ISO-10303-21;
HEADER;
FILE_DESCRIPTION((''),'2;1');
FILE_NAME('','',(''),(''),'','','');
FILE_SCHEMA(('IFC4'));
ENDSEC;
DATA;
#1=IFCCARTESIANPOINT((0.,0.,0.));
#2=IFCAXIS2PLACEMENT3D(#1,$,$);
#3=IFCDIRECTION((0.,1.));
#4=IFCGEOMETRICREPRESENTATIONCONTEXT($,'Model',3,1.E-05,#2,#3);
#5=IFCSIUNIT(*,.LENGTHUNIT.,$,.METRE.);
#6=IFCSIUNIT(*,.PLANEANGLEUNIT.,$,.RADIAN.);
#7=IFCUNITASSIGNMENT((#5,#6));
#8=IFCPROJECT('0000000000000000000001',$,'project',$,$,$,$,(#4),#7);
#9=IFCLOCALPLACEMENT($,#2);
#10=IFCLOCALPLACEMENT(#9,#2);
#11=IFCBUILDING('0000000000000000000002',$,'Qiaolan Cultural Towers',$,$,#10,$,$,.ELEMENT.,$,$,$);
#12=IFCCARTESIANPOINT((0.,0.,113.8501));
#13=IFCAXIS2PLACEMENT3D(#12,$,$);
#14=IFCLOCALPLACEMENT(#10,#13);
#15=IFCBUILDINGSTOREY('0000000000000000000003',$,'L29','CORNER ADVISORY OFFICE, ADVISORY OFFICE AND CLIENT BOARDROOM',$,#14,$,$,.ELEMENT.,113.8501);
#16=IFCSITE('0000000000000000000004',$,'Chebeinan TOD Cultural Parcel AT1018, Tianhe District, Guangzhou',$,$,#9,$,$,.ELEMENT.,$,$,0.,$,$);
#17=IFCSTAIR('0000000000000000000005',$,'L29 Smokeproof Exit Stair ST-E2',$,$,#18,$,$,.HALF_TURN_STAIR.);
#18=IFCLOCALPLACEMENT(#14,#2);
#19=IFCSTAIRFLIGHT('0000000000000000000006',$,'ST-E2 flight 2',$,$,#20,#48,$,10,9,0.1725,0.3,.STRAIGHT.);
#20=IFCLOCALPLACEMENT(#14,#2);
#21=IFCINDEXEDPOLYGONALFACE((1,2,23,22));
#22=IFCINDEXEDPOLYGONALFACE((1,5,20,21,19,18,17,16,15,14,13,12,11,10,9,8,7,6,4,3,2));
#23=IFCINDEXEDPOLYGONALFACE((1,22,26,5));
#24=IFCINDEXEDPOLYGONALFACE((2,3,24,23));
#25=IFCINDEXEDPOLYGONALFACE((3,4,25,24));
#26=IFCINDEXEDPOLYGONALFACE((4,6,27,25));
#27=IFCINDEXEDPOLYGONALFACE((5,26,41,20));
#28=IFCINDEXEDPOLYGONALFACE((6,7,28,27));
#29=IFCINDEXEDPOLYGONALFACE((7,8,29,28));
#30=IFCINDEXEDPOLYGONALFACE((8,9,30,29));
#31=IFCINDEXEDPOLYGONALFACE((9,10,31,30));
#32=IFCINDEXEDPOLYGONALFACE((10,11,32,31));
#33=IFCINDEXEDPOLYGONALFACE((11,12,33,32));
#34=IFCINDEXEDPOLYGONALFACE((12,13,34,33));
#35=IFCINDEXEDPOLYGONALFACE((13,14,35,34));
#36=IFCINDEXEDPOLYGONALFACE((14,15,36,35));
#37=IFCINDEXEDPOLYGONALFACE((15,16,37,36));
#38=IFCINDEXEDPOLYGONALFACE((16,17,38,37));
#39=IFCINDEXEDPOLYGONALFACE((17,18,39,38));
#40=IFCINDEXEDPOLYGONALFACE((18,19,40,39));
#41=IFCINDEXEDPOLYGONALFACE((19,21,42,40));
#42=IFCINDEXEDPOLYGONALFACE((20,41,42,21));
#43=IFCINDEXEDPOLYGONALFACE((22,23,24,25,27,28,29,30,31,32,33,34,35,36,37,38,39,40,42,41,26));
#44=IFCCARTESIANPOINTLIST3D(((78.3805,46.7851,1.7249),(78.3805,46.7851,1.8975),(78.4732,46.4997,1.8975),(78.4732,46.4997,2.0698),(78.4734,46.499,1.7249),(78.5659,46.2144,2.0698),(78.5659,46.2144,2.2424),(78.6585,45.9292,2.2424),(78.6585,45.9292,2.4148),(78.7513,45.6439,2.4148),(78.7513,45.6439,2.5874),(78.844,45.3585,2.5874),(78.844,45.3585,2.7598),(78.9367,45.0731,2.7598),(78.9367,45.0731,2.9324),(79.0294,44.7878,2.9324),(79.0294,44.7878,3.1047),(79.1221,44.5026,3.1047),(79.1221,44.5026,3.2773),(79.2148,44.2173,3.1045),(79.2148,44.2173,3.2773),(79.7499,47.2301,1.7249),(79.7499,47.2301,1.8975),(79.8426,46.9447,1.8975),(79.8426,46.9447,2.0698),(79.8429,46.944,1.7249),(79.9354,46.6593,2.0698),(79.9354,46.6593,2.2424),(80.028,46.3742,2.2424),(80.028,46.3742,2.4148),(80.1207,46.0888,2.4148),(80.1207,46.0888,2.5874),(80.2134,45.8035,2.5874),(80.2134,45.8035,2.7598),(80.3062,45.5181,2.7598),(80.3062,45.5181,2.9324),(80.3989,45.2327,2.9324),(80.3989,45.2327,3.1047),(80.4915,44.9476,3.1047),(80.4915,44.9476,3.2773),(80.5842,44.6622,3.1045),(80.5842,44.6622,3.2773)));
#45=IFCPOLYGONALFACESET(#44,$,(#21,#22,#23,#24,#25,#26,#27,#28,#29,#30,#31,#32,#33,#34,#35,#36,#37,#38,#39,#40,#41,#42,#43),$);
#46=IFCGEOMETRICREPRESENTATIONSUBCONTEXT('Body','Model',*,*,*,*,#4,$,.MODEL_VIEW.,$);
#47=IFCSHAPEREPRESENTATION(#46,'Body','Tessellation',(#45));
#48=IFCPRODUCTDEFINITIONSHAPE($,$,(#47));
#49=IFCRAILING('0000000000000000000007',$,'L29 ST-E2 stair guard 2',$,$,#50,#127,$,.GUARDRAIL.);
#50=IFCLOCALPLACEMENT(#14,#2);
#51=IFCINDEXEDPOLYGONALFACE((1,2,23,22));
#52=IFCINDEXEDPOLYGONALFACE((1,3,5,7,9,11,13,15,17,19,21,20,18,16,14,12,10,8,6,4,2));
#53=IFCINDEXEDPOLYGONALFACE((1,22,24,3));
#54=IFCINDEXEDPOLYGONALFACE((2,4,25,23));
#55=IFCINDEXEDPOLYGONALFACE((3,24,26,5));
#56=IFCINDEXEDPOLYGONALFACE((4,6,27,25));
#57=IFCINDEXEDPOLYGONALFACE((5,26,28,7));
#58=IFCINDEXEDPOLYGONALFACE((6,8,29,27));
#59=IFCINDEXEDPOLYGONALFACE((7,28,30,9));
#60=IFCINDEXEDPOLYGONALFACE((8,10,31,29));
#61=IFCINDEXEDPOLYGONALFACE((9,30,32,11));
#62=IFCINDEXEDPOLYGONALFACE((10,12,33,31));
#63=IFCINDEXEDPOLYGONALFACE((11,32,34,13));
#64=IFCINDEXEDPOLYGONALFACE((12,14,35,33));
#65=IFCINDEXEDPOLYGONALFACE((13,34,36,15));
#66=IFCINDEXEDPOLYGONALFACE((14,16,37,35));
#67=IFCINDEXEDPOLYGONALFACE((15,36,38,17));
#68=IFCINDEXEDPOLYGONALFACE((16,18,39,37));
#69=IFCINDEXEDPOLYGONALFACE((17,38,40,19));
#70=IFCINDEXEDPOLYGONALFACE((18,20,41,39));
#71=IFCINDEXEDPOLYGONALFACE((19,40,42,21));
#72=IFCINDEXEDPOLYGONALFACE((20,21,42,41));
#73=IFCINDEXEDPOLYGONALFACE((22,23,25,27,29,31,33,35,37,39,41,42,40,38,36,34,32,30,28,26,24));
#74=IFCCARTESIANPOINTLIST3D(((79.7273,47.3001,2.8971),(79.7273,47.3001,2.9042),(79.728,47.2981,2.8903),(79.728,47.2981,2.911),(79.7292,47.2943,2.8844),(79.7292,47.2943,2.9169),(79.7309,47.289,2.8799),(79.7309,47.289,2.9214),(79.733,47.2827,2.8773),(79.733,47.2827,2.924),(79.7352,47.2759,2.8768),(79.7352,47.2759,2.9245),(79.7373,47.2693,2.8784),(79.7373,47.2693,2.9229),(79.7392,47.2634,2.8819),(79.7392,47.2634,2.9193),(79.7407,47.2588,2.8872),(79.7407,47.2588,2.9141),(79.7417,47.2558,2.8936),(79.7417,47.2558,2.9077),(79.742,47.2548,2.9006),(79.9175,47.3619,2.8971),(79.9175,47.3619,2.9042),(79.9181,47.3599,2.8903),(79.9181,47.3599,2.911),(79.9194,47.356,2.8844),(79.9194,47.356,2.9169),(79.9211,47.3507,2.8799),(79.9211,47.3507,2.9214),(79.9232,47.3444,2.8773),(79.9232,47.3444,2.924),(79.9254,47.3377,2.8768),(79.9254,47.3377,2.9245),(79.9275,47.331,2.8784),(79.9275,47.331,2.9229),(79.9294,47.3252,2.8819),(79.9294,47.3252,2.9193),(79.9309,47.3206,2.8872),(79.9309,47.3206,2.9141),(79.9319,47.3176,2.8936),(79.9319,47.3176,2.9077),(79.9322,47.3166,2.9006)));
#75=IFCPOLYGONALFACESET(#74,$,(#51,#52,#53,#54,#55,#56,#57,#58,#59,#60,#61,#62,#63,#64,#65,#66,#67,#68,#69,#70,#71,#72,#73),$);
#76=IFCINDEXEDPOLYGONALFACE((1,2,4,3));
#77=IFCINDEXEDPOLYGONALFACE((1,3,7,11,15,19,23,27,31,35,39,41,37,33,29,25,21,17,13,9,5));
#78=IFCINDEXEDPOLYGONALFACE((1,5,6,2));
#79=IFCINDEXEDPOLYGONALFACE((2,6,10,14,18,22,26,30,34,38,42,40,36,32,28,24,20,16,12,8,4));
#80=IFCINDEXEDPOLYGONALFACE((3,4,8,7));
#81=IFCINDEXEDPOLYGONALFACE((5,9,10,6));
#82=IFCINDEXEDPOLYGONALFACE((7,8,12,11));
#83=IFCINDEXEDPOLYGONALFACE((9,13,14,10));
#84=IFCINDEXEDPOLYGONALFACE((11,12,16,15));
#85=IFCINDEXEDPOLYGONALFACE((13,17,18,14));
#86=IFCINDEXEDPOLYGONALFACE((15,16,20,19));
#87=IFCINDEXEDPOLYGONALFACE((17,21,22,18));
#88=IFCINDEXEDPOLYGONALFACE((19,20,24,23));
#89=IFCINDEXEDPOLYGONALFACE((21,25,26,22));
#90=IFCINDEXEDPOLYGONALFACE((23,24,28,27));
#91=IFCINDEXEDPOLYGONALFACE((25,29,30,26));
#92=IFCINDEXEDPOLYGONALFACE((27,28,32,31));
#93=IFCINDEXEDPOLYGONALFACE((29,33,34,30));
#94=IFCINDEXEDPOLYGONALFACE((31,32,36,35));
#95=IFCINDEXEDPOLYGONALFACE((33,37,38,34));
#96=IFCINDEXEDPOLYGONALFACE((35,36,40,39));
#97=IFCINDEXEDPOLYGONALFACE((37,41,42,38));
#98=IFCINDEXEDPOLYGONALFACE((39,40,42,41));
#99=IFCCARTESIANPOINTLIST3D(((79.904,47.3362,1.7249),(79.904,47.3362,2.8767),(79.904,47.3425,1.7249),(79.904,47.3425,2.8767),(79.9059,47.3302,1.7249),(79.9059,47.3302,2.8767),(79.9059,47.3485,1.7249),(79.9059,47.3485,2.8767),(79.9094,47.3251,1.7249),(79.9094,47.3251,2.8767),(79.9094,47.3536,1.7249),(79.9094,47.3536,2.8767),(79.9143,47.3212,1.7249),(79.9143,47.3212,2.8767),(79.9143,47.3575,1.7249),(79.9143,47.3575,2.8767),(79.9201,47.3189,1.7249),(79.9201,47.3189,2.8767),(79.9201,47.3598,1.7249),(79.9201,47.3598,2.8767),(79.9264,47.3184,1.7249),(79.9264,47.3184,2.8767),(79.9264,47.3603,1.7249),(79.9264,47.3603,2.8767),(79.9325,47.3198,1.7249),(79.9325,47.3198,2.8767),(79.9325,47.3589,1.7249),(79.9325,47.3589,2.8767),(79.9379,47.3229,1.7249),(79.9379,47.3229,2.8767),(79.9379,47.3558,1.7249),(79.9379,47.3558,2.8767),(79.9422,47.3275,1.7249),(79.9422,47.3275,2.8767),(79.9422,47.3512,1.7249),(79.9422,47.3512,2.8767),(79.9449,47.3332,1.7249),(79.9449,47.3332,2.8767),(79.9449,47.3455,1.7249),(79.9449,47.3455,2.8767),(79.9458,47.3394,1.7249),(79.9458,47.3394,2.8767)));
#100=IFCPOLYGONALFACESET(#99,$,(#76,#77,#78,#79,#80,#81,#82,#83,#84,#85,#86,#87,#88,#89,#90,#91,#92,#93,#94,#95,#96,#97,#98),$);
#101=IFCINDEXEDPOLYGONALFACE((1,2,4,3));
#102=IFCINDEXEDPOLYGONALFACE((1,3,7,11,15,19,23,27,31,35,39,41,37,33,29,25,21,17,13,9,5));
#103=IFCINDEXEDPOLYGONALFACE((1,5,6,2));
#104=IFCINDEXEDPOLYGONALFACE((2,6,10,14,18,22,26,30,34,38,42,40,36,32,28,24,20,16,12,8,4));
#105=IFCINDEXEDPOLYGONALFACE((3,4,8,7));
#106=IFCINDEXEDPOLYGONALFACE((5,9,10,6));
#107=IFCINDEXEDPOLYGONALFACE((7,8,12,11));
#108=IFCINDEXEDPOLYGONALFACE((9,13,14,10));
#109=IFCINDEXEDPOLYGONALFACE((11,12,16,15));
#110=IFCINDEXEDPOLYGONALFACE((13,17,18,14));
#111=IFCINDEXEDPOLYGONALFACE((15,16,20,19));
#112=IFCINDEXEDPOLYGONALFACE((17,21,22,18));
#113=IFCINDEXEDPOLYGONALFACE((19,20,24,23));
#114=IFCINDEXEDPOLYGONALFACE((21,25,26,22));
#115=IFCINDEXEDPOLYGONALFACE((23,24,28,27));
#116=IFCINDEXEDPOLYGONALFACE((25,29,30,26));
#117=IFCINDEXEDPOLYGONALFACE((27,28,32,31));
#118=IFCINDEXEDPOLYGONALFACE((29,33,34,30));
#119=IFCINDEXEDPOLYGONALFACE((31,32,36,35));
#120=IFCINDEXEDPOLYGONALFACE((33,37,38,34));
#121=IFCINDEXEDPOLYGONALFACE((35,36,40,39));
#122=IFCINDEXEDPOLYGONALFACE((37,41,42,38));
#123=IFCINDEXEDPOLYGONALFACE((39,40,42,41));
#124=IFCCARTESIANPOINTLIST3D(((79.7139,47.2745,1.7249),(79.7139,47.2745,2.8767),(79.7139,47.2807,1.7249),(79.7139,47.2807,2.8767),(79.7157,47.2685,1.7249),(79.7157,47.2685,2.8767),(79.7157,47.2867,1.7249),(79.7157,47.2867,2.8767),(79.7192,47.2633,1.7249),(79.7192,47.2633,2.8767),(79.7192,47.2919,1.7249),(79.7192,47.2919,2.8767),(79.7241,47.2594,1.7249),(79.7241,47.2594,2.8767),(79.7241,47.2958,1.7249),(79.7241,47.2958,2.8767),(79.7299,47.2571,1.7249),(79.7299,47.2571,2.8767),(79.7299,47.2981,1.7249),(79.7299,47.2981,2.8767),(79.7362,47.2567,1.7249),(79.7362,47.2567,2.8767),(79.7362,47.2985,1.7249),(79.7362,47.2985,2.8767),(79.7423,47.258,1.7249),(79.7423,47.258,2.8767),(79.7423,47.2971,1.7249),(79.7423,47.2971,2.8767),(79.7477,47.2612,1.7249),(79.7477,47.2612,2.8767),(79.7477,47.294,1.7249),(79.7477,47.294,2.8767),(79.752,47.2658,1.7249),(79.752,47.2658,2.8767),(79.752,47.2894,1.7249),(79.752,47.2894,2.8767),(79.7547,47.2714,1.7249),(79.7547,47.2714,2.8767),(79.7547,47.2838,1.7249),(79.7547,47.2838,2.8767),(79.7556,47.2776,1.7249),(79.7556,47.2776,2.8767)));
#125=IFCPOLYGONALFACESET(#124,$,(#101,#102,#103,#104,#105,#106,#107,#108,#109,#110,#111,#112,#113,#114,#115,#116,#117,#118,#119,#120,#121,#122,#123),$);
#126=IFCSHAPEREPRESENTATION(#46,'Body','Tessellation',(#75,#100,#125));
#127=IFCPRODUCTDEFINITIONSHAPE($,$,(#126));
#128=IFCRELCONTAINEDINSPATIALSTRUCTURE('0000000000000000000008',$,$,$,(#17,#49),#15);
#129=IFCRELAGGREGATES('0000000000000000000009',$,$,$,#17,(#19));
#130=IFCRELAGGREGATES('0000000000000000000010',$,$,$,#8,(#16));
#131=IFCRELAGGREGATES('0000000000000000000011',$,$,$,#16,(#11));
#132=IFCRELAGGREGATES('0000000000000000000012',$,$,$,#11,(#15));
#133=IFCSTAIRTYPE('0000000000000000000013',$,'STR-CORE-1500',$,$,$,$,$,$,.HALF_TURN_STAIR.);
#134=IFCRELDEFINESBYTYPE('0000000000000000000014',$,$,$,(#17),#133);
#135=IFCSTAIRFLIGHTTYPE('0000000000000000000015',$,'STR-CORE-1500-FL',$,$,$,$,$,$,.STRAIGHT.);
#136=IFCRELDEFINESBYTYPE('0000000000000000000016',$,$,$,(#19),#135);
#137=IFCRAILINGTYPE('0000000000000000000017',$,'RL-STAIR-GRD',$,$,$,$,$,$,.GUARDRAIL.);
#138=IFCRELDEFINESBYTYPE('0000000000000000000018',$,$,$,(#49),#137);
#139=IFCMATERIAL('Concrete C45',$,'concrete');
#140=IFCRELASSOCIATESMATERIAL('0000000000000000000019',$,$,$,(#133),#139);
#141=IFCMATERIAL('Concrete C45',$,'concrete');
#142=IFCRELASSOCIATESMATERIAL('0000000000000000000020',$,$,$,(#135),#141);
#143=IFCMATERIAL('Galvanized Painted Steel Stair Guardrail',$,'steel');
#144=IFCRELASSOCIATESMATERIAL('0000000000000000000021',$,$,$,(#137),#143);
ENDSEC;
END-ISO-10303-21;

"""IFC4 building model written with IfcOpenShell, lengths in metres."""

from ifc_helpers import new_model, si_unit, direction, frame, origin, origin_2d, place, context, subcontext, project, spatial, polyline, circle, outline, extrude, material, type_object, element, aggregate, save


model = new_model("IFC4")

# Units and contexts
model_context = context("Model", 3, precision=1e-05, world=origin(), true_north=direction((0.0, 1.0)))
body_context = subcontext(model_context, "Body", "Model", "MODEL_VIEW")
ifc_project = project(units=[si_unit("LENGTHUNIT", "METRE"), si_unit("PLANEANGLEUNIT", "RADIAN")], contexts=[model_context])

# Site, building, storey
site_placement = place(None, origin())
site = spatial("IfcSite", under=ifc_project, at=site_placement, Name="Chebeinan TOD Cultural Parcel AT1018, Tianhe District, Guangzhou", CompositionType="ELEMENT", RefElevation=0.0)
building_placement = place(site_placement, origin())
building = spatial("IfcBuilding", under=site, at=building_placement, Name="Qiaolan Cultural Towers", CompositionType="ELEMENT")
storey_placement = place(building_placement, frame((0.0, 0.0, 113.8501)))
storey = spatial("IfcBuildingStorey", under=building, at=storey_placement, Name="L29", Description="CORNER ADVISORY OFFICE, ADVISORY OFFICE AND CLIENT BOARDROOM", CompositionType="ELEMENT", Elevation=113.8501)

# Stair, stair flight
ifc_material_1 = material(Name="Concrete C45", Category="concrete")
stair_type = type_object("IfcStairType", Name="STR-CORE-1500", PredefinedType="HALF_TURN_STAIR", material=ifc_material_1)
stair_placement = place(storey_placement, origin())
stair = element("IfcStair", 1, at=stair_placement, inside=storey, type_object=stair_type, Name="L29 Smokeproof Exit Stair ST-E2", PredefinedType="HALF_TURN_STAIR")
ifc_material_2 = material(Name="Concrete C45", Category="concrete")
stair_flight_type = type_object("IfcStairFlightType", Name="STR-CORE-1500-FL", PredefinedType="STRAIGHT", material=ifc_material_2)
stair_flight_placement = place(storey_placement, frame((79.0652, 47.0076, 1.7249), z_axis=(0.0, 0.0, 1.0), x_axis=(0.309017, -0.951057, 0.0)))
stair_flight = element("IfcStairFlight", 2, at=stair_flight_placement, type_object=stair_flight_type, Name="ST-E2 flight 2", NumberOfRisers=10, NumberOfTreads=9, PredefinedType="STRAIGHT", RiserHeight=0.1725, TreadLength=0.3, context=body_context, shape_type="SweptSolid", body=[
    extrude(outline(polyline([(0.0, 0.0), (0.0, 0.1726), (0.3, 0.1726), (0.3, 0.345), (0.6001, 0.345), (0.6001, 0.5176), (0.8999, 0.5176), (0.8999, 0.6899), (1.2, 0.6899), (1.2, 0.8625), (1.5, 0.8625), (1.5, 1.0349), (1.8, 1.0349), (1.8, 1.2075), (2.1001, 1.2075), (2.1001, 1.3799), (2.3999, 1.3799), (2.3999, 1.5525), (2.7, 1.5525), (2.7, 1.7251), (2.7, 1.3796), (0.3008, 0.0), (0.0, 0.0)])), frame((0.0, 0.72, 0.0), z_axis=(0.0, -1.0, 0.0), x_axis=(1.0, 0.0, 0.0)), (0.0, 0.0, 1.0), 1.4399),
])
aggregate(stair, [stair_flight])

# Railing
ifc_material_3 = material(Name="Galvanized Painted Steel Stair Guardrail", Category="steel")
railing_type_1 = type_object("IfcRailingType", Name="RL-STAIR-GRD", PredefinedType="GUARDRAIL", material=ifc_material_3)
railing_1_placement = place(storey_placement, frame((79.9248, 47.3394, 1.7249)))
element("IfcRailing", 3, at=railing_1_placement, inside=storey, type_object=railing_type_1, Name="L29 ST-E2 stair guard 2", PredefinedType="GUARDRAIL", context=body_context, shape_type="SweptSolid", body=[
    extrude(circle(Radius=0.0239, at=origin_2d()), frame((0.0, 0.0, 1.1758), z_axis=(-0.951097, -0.308893, 0.0), x_axis=(0.308893, -0.951097, 0.0)), (0.0, 0.0, 1.0), 0.2),
    extrude(circle(Radius=0.021, at=origin_2d()), origin(), (0.0, 0.0, 1.0), 1.1519),
    extrude(circle(Radius=0.021, at=origin_2d()), frame((-0.1902, -0.0618, 0.0)), (0.0, 0.0, 1.0), 1.1519),
])

save(model, "model.ifc")
